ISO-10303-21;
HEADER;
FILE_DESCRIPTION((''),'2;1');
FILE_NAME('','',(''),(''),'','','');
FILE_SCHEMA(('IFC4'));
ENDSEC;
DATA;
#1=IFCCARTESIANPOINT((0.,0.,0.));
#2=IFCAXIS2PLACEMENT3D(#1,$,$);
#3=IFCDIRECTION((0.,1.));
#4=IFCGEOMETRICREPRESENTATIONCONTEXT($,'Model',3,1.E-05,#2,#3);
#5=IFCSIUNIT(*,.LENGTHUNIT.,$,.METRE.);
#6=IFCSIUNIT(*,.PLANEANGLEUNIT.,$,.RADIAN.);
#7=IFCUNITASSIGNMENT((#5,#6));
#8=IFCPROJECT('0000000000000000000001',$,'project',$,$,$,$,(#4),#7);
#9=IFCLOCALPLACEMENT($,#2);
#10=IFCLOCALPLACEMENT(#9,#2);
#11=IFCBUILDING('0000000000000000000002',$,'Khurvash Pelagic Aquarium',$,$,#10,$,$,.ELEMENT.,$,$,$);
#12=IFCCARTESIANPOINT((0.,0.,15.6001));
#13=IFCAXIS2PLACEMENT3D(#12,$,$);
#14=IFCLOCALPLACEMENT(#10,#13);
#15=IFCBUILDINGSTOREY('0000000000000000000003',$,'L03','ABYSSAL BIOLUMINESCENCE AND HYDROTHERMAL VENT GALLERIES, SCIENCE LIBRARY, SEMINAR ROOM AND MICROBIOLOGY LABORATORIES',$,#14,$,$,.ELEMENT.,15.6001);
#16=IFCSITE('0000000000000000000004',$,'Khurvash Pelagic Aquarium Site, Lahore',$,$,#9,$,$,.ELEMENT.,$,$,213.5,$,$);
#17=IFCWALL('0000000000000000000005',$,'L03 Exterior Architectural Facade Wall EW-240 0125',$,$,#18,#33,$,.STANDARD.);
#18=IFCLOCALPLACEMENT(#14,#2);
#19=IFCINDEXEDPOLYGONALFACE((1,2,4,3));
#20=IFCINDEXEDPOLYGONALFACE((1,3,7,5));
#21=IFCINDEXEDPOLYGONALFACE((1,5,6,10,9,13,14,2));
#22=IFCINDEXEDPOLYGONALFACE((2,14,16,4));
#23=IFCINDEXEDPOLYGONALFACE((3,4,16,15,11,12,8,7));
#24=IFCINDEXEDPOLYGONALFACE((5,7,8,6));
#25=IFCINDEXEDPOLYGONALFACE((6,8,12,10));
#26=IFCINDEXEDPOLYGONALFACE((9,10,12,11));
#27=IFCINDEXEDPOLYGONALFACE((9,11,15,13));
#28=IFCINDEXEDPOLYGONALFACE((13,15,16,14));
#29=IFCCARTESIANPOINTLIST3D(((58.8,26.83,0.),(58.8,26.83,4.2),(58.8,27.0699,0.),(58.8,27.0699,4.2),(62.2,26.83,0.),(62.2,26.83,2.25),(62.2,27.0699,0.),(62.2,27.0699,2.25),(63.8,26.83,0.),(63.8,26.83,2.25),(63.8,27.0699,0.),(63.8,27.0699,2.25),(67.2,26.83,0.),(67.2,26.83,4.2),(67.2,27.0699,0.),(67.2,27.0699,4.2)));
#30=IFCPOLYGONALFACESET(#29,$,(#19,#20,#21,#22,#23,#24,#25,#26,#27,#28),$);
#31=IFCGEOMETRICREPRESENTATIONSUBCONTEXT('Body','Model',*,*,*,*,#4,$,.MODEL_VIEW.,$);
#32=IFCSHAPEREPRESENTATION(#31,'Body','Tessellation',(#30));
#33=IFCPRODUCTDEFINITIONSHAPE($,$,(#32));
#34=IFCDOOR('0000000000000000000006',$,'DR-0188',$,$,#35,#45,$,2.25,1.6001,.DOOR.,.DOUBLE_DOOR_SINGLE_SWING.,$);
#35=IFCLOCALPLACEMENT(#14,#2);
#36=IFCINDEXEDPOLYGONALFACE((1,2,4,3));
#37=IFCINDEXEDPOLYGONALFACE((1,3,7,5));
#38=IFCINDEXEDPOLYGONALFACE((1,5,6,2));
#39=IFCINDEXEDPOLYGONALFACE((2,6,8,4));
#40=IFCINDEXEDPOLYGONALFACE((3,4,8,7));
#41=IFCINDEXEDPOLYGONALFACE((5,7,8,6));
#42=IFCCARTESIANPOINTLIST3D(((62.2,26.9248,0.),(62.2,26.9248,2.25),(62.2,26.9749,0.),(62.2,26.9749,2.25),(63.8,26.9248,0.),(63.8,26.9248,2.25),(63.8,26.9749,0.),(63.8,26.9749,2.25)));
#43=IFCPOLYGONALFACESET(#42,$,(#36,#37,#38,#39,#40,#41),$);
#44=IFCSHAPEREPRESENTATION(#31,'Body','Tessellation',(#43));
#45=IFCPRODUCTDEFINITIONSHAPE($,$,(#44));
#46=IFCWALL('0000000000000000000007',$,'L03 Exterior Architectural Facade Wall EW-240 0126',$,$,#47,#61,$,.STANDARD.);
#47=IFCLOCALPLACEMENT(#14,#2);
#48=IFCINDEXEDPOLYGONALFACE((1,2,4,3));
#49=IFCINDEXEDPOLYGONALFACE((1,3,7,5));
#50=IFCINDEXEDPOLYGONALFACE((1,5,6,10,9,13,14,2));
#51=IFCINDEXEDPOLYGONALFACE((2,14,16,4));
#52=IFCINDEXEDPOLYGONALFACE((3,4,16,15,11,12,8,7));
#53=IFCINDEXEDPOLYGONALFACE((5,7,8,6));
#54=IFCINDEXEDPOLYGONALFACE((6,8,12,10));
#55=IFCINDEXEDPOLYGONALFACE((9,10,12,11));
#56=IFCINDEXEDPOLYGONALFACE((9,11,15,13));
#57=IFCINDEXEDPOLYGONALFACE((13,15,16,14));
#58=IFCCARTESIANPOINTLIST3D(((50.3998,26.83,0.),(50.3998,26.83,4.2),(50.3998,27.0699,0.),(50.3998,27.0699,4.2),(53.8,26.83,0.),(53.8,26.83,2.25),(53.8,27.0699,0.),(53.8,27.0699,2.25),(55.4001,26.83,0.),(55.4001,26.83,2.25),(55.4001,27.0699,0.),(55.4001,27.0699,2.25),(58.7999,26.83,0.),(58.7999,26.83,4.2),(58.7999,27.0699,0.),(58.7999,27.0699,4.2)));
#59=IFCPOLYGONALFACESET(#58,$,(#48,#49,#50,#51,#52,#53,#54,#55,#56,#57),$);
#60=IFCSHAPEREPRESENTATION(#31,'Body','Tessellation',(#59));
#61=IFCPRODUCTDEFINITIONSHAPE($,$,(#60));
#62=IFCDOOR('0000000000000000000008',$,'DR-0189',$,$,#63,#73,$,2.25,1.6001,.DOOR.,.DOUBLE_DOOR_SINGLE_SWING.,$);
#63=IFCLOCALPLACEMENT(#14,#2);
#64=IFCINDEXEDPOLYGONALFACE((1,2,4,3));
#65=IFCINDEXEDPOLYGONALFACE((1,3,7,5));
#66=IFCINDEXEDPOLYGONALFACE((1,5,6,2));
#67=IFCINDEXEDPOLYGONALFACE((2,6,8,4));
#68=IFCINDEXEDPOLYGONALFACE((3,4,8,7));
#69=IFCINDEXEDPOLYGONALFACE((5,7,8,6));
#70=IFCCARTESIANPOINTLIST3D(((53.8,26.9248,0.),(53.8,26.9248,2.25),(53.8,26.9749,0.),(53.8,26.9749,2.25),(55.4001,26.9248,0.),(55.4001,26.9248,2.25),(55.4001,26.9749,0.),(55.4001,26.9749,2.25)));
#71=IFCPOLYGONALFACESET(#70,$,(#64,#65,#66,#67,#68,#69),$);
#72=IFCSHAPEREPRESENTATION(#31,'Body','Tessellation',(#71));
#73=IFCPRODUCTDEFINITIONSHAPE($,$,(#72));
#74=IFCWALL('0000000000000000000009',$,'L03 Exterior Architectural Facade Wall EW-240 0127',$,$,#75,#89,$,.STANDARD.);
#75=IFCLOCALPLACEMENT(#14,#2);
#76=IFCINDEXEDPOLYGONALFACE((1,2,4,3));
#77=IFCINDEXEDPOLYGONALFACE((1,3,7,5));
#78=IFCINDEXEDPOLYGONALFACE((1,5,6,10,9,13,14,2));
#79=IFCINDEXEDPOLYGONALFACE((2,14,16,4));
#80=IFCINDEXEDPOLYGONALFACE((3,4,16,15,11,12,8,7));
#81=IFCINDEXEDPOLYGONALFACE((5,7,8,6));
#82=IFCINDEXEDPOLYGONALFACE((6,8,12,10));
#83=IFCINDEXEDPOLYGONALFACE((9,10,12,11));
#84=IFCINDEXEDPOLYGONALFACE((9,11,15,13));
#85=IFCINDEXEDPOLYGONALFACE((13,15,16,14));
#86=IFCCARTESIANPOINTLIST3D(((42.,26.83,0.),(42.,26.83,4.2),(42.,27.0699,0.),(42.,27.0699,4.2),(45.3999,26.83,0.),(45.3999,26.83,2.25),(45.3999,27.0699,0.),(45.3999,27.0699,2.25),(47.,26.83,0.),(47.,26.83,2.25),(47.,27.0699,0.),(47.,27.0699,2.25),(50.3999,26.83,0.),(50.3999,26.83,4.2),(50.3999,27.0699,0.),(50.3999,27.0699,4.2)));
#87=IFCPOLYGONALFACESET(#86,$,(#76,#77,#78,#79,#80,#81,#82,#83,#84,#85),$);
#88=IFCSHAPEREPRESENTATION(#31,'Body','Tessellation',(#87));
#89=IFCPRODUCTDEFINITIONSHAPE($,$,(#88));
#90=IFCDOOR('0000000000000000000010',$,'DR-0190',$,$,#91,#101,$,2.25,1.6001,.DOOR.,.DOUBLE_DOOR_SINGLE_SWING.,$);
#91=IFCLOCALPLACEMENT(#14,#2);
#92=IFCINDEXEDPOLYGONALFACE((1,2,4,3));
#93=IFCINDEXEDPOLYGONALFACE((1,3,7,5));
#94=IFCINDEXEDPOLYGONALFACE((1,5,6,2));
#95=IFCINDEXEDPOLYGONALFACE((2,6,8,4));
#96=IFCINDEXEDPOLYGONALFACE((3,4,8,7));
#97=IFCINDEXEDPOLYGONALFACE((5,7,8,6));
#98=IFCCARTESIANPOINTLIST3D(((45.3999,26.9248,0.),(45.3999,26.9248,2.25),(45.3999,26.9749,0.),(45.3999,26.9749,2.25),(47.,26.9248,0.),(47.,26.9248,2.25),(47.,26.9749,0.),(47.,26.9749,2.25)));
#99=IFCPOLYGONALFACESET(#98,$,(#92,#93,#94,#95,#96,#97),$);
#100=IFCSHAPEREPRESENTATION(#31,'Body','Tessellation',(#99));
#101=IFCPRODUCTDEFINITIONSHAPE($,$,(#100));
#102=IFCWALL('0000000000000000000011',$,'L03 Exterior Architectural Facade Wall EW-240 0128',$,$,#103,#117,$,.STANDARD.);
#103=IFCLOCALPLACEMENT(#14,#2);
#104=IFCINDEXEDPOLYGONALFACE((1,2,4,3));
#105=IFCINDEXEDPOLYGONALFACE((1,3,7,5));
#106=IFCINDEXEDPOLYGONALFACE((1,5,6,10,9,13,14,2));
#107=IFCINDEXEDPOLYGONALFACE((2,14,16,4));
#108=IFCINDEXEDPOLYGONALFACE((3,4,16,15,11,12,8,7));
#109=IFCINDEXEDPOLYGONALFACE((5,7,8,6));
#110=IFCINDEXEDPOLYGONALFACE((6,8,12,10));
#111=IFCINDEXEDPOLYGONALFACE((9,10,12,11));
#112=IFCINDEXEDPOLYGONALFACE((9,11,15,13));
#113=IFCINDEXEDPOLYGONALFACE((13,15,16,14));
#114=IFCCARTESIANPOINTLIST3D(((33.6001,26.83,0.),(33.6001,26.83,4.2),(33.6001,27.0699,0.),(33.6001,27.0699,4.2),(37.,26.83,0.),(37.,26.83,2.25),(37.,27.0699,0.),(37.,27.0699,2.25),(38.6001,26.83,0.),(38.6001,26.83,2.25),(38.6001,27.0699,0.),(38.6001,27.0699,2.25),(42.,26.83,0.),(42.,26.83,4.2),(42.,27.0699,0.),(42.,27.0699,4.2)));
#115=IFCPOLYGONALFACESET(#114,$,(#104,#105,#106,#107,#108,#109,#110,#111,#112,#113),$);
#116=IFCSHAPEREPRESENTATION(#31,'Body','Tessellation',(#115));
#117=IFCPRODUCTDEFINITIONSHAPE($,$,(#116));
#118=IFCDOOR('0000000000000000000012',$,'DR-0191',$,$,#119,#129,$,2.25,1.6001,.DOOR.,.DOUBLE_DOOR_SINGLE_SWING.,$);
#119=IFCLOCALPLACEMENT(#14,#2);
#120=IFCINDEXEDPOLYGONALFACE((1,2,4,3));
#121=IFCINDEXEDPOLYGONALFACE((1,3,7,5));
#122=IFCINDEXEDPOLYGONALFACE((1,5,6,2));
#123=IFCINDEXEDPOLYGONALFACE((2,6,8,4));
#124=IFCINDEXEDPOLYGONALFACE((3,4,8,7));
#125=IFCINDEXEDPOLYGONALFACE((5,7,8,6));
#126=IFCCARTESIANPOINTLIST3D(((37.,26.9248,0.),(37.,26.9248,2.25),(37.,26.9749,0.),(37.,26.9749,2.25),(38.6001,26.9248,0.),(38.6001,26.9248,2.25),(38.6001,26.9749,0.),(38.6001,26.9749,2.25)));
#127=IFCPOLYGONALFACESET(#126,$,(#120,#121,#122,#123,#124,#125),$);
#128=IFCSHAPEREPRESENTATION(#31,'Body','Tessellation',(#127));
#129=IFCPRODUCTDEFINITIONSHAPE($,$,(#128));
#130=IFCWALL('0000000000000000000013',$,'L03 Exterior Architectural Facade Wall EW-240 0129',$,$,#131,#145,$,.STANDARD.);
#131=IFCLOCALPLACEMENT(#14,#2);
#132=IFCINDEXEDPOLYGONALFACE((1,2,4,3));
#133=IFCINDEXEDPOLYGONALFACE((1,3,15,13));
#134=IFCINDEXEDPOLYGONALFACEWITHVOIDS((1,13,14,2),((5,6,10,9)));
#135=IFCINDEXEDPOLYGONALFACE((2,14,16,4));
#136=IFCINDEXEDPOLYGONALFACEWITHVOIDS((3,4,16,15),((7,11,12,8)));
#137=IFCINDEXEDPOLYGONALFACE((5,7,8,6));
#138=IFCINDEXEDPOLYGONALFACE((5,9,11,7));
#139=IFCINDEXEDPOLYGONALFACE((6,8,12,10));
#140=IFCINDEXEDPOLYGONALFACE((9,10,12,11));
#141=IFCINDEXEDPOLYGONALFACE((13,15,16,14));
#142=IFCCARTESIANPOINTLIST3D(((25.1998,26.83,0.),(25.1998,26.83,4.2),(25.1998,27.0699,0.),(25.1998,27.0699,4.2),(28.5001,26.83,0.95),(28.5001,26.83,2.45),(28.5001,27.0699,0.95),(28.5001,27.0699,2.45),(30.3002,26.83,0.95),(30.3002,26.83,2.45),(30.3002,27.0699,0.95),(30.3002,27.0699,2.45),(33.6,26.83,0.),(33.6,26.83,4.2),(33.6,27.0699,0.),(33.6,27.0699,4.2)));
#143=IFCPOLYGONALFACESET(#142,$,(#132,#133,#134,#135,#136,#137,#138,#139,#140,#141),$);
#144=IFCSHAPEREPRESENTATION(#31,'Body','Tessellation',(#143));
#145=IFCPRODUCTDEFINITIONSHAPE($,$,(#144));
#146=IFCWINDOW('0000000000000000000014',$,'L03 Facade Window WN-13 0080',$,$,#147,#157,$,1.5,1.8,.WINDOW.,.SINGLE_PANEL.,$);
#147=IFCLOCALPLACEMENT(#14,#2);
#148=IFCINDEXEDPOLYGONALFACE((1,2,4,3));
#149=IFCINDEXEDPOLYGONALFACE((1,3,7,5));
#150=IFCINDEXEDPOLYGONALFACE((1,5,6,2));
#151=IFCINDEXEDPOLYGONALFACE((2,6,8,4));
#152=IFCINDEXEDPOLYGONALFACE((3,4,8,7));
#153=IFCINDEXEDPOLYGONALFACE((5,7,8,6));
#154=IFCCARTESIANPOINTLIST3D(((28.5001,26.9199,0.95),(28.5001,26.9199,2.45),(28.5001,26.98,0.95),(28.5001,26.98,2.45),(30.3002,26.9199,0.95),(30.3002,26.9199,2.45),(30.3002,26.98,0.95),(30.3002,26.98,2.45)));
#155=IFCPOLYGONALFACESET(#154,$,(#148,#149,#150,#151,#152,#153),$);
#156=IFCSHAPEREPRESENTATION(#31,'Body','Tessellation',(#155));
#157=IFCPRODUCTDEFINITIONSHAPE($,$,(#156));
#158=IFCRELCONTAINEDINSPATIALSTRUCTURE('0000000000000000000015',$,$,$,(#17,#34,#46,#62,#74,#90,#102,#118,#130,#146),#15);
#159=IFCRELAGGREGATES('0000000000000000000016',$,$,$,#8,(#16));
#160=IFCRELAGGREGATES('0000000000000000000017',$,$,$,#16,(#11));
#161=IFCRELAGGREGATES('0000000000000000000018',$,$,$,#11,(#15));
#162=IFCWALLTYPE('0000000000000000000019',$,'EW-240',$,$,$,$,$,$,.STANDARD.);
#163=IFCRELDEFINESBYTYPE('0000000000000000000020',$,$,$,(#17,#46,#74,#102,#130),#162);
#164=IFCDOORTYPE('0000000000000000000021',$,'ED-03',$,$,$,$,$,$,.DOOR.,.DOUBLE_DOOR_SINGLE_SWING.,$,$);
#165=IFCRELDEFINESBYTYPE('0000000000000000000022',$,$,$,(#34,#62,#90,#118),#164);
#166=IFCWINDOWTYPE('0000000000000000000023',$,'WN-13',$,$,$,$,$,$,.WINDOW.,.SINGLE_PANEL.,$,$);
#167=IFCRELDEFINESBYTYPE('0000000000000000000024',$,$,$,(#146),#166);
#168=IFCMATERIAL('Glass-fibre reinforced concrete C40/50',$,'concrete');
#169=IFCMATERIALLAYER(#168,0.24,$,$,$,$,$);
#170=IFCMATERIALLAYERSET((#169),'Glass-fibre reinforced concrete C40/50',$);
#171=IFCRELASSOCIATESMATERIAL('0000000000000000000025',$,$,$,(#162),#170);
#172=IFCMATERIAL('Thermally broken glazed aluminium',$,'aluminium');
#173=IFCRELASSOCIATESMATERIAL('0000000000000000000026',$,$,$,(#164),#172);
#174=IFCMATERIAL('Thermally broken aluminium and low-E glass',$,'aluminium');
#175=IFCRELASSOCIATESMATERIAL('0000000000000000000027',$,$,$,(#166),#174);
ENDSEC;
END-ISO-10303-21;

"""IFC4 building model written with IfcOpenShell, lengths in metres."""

from ifc_helpers import new_model, si_unit, direction, frame, frame_2d, origin, place, context, subcontext, project, spatial, rectangle, extrude, material, layer, layer_set, type_object, element, fill, save


model = new_model("IFC4")

# Units and contexts
model_context = context("Model", 3, precision=1e-05, world=origin(), true_north=direction((0.0, 1.0)))
body_context = subcontext(model_context, "Body", "Model", "MODEL_VIEW")
ifc_project = project(units=[si_unit("LENGTHUNIT", "METRE"), si_unit("PLANEANGLEUNIT", "RADIAN")], contexts=[model_context])

# Site, building, storey
site_placement = place(None, origin())
site = spatial("IfcSite", under=ifc_project, at=site_placement, Name="Khurvash Pelagic Aquarium Site, Lahore", CompositionType="ELEMENT", RefElevation=213.5)
building_placement = place(site_placement, origin())
building = spatial("IfcBuilding", under=site, at=building_placement, Name="Khurvash Pelagic Aquarium", CompositionType="ELEMENT")
storey_placement = place(building_placement, frame((0.0, 0.0, 15.6001)))
storey = spatial("IfcBuildingStorey", under=building, at=storey_placement, Name="L03", Description="ABYSSAL BIOLUMINESCENCE AND HYDROTHERMAL VENT GALLERIES, SCIENCE LIBRARY, SEMINAR ROOM AND MICROBIOLOGY LABORATORIES", CompositionType="ELEMENT", Elevation=15.6001)

# Walls, openings, doors
ifc_material_1 = material(Name="Glass-fibre reinforced concrete C40/50", Category="concrete")
ifc_layer_1 = layer(ifc_material_1, 0.24)
ifc_layer_set_1 = layer_set([ifc_layer_1], Name="Glass-fibre reinforced concrete C40/50")
wall_type = type_object("IfcWallType", Name="EW-240", PredefinedType="STANDARD", material=ifc_layer_set_1)
wall_1_placement = place(storey_placement, frame((67.2, 26.95, 0.0), z_axis=(0.0, 0.0, 1.0), x_axis=(-1.0, 0.0, 0.0)))
wall_1 = element("IfcWall", 1, at=wall_1_placement, inside=storey, type_object=wall_type, Name="L03 Exterior Architectural Facade Wall EW-240 0125", PredefinedType="STANDARD", context=body_context, shape_type="SweptSolid", body=[
    extrude(rectangle(XDim=8.3999, YDim=0.24, at=frame_2d((4.2, 0.0))), origin(), (0.0, 0.0, 1.0), 4.2),
])
opening_1_placement = place(wall_1_placement, frame((3.3999, 0.0, 0.0)))
opening_1 = element("IfcOpeningElement", 2, at=opening_1_placement, cuts=wall_1, PredefinedType="OPENING", context=body_context, shape_type="SweptSolid", body=[
    extrude(rectangle(XDim=1.6001, YDim=2.25, at=frame_2d((0.8, 1.125))), frame((0.0, 0.1299, 0.0), z_axis=(0.0, -1.0, 0.0), x_axis=(1.0, 0.0, 0.0)), (0.0, 0.0, 1.0), 0.26),
])
ifc_material_2 = material(Name="Thermally broken glazed aluminium", Category="aluminium")
door_type = type_object("IfcDoorType", Name="ED-03", OperationType="DOUBLE_DOOR_SINGLE_SWING", PredefinedType="DOOR", material=ifc_material_2)
door_1_placement = place(opening_1_placement, frame((1.6001, 0.0, 0.0), z_axis=(0.0, 0.0, 1.0), x_axis=(-1.0, 0.0, 0.0)))
door_1 = element("IfcDoor", 3, at=door_1_placement, inside=storey, type_object=door_type, Name="DR-0188", OperationType="DOUBLE_DOOR_SINGLE_SWING", OverallHeight=2.25, OverallWidth=1.6001, PredefinedType="DOOR", context=body_context, shape_type="SweptSolid", body=[
    extrude(rectangle(XDim=1.6001, YDim=2.25, at=frame_2d((0.8, 1.125))), frame((0.0, 0.0249, 0.0), z_axis=(0.0, -1.0, 0.0), x_axis=(1.0, 0.0, 0.0)), (0.0, 0.0, 1.0), 0.05),
])
fill(opening_1, door_1)
wall_2_placement = place(storey_placement, frame((58.8, 26.95, 0.0), z_axis=(0.0, 0.0, 1.0), x_axis=(-1.0, 0.0, 0.0)))
wall_2 = element("IfcWall", 4, at=wall_2_placement, inside=storey, type_object=wall_type, Name="L03 Exterior Architectural Facade Wall EW-240 0126", PredefinedType="STANDARD", context=body_context, shape_type="SweptSolid", body=[
    extrude(rectangle(XDim=8.4001, YDim=0.24, at=frame_2d((4.2002, 0.0))), origin(), (0.0, 0.0, 1.0), 4.2),
])
opening_2_placement = place(wall_2_placement, frame((3.3999, 0.0, 0.0)))
opening_2 = element("IfcOpeningElement", 5, at=opening_2_placement, cuts=wall_2, PredefinedType="OPENING", context=body_context, shape_type="SweptSolid", body=[
    extrude(rectangle(XDim=1.6001, YDim=2.25, at=frame_2d((0.8, 1.125))), frame((0.0, 0.1299, 0.0), z_axis=(0.0, -1.0, 0.0), x_axis=(1.0, 0.0, 0.0)), (0.0, 0.0, 1.0), 0.26),
])
door_2_placement = place(opening_2_placement, frame((1.6001, 0.0, 0.0), z_axis=(0.0, 0.0, 1.0), x_axis=(-1.0, 0.0, 0.0)))
door_2 = element("IfcDoor", 6, at=door_2_placement, inside=storey, type_object=door_type, Name="DR-0189", OperationType="DOUBLE_DOOR_SINGLE_SWING", OverallHeight=2.25, OverallWidth=1.6001, PredefinedType="DOOR", context=body_context, shape_type="SweptSolid", body=[
    extrude(rectangle(XDim=1.6001, YDim=2.25, at=frame_2d((0.8, 1.125))), frame((0.0, 0.0249, 0.0), z_axis=(0.0, -1.0, 0.0), x_axis=(1.0, 0.0, 0.0)), (0.0, 0.0, 1.0), 0.05),
])
fill(opening_2, door_2)
wall_3_placement = place(storey_placement, frame((50.3999, 26.95, 0.0), z_axis=(0.0, 0.0, 1.0), x_axis=(-1.0, 0.0, 0.0)))
wall_3 = element("IfcWall", 7, at=wall_3_placement, inside=storey, type_object=wall_type, Name="L03 Exterior Architectural Facade Wall EW-240 0127", PredefinedType="STANDARD", context=body_context, shape_type="SweptSolid", body=[
    extrude(rectangle(XDim=8.3999, YDim=0.24, at=frame_2d((4.2, 0.0))), origin(), (0.0, 0.0, 1.0), 4.2),
])
opening_3_placement = place(wall_3_placement, frame((3.3999, 0.0, 0.0)))
opening_3 = element("IfcOpeningElement", 8, at=opening_3_placement, cuts=wall_3, PredefinedType="OPENING", context=body_context, shape_type="SweptSolid", body=[
    extrude(rectangle(XDim=1.6001, YDim=2.25, at=frame_2d((0.8, 1.125))), frame((0.0, 0.1299, 0.0), z_axis=(0.0, -1.0, 0.0), x_axis=(1.0, 0.0, 0.0)), (0.0, 0.0, 1.0), 0.26),
])
door_3_placement = place(opening_3_placement, frame((1.6001, 0.0, 0.0), z_axis=(0.0, 0.0, 1.0), x_axis=(-1.0, 0.0, 0.0)))
door_3 = element("IfcDoor", 9, at=door_3_placement, inside=storey, type_object=door_type, Name="DR-0190", OperationType="DOUBLE_DOOR_SINGLE_SWING", OverallHeight=2.25, OverallWidth=1.6001, PredefinedType="DOOR", context=body_context, shape_type="SweptSolid", body=[
    extrude(rectangle(XDim=1.6001, YDim=2.25, at=frame_2d((0.8, 1.125))), frame((0.0, 0.0249, 0.0), z_axis=(0.0, -1.0, 0.0), x_axis=(1.0, 0.0, 0.0)), (0.0, 0.0, 1.0), 0.05),
])
fill(opening_3, door_3)
wall_4_placement = place(storey_placement, frame((42.0, 26.95, 0.0), z_axis=(0.0, 0.0, 1.0), x_axis=(-1.0, 0.0, 0.0)))
wall_4 = element("IfcWall", 10, at=wall_4_placement, inside=storey, type_object=wall_type, Name="L03 Exterior Architectural Facade Wall EW-240 0128", PredefinedType="STANDARD", context=body_context, shape_type="SweptSolid", body=[
    extrude(rectangle(XDim=8.3999, YDim=0.24, at=frame_2d((4.2, 0.0))), origin(), (0.0, 0.0, 1.0), 4.2),
])
opening_4_placement = place(wall_4_placement, frame((3.3999, 0.0, 0.0)))
opening_4 = element("IfcOpeningElement", 11, at=opening_4_placement, cuts=wall_4, PredefinedType="OPENING", context=body_context, shape_type="SweptSolid", body=[
    extrude(rectangle(XDim=1.6001, YDim=2.25, at=frame_2d((0.8, 1.125))), frame((0.0, 0.1299, 0.0), z_axis=(0.0, -1.0, 0.0), x_axis=(1.0, 0.0, 0.0)), (0.0, 0.0, 1.0), 0.26),
])
door_4_placement = place(opening_4_placement, frame((1.6001, 0.0, 0.0), z_axis=(0.0, 0.0, 1.0), x_axis=(-1.0, 0.0, 0.0)))
door_4 = element("IfcDoor", 12, at=door_4_placement, inside=storey, type_object=door_type, Name="DR-0191", OperationType="DOUBLE_DOOR_SINGLE_SWING", OverallHeight=2.25, OverallWidth=1.6001, PredefinedType="DOOR", context=body_context, shape_type="SweptSolid", body=[
    extrude(rectangle(XDim=1.6001, YDim=2.25, at=frame_2d((0.8, 1.125))), frame((0.0, 0.0249, 0.0), z_axis=(0.0, -1.0, 0.0), x_axis=(1.0, 0.0, 0.0)), (0.0, 0.0, 1.0), 0.05),
])
fill(opening_4, door_4)

# Wall, opening, window
wall_5_placement = place(storey_placement, frame((33.6001, 26.95, 0.0), z_axis=(0.0, 0.0, 1.0), x_axis=(-1.0, 0.0, 0.0)))
wall_5 = element("IfcWall", 13, at=wall_5_placement, inside=storey, type_object=wall_type, Name="L03 Exterior Architectural Facade Wall EW-240 0129", PredefinedType="STANDARD", context=body_context, shape_type="SweptSolid", body=[
    extrude(rectangle(XDim=8.4001, YDim=0.24, at=frame_2d((4.2002, 0.0))), origin(), (0.0, 0.0, 1.0), 4.2),
])
opening_5_placement = place(wall_5_placement, frame((3.3, 0.0, 0.95)))
opening_5 = element("IfcOpeningElement", 14, at=opening_5_placement, cuts=wall_5, PredefinedType="OPENING", context=body_context, shape_type="SweptSolid", body=[
    extrude(rectangle(XDim=1.8, YDim=1.5, at=frame_2d((0.8999, 0.75))), frame((0.0, 0.1299, 0.0), z_axis=(0.0, -1.0, 0.0), x_axis=(1.0, 0.0, 0.0)), (0.0, 0.0, 1.0), 0.26),
])
ifc_material_3 = material(Name="Thermally broken aluminium and low-E glass", Category="aluminium")
window_type = type_object("IfcWindowType", Name="WN-13", PartitioningType="SINGLE_PANEL", PredefinedType="WINDOW", material=ifc_material_3)
window_placement = place(opening_5_placement, origin())
window = element("IfcWindow", 15, at=window_placement, inside=storey, type_object=window_type, Name="L03 Facade Window WN-13 0080", OverallHeight=1.5, OverallWidth=1.8, PartitioningType="SINGLE_PANEL", PredefinedType="WINDOW", context=body_context, shape_type="SweptSolid", body=[
    extrude(rectangle(XDim=1.8, YDim=1.5, at=frame_2d((0.8999, 0.75))), frame((0.0, 0.03, 0.0), z_axis=(0.0, -1.0, 0.0), x_axis=(1.0, 0.0, 0.0)), (0.0, 0.0, 1.0), 0.0601),
])
fill(opening_5, window)

save(model, "model.ifc")
